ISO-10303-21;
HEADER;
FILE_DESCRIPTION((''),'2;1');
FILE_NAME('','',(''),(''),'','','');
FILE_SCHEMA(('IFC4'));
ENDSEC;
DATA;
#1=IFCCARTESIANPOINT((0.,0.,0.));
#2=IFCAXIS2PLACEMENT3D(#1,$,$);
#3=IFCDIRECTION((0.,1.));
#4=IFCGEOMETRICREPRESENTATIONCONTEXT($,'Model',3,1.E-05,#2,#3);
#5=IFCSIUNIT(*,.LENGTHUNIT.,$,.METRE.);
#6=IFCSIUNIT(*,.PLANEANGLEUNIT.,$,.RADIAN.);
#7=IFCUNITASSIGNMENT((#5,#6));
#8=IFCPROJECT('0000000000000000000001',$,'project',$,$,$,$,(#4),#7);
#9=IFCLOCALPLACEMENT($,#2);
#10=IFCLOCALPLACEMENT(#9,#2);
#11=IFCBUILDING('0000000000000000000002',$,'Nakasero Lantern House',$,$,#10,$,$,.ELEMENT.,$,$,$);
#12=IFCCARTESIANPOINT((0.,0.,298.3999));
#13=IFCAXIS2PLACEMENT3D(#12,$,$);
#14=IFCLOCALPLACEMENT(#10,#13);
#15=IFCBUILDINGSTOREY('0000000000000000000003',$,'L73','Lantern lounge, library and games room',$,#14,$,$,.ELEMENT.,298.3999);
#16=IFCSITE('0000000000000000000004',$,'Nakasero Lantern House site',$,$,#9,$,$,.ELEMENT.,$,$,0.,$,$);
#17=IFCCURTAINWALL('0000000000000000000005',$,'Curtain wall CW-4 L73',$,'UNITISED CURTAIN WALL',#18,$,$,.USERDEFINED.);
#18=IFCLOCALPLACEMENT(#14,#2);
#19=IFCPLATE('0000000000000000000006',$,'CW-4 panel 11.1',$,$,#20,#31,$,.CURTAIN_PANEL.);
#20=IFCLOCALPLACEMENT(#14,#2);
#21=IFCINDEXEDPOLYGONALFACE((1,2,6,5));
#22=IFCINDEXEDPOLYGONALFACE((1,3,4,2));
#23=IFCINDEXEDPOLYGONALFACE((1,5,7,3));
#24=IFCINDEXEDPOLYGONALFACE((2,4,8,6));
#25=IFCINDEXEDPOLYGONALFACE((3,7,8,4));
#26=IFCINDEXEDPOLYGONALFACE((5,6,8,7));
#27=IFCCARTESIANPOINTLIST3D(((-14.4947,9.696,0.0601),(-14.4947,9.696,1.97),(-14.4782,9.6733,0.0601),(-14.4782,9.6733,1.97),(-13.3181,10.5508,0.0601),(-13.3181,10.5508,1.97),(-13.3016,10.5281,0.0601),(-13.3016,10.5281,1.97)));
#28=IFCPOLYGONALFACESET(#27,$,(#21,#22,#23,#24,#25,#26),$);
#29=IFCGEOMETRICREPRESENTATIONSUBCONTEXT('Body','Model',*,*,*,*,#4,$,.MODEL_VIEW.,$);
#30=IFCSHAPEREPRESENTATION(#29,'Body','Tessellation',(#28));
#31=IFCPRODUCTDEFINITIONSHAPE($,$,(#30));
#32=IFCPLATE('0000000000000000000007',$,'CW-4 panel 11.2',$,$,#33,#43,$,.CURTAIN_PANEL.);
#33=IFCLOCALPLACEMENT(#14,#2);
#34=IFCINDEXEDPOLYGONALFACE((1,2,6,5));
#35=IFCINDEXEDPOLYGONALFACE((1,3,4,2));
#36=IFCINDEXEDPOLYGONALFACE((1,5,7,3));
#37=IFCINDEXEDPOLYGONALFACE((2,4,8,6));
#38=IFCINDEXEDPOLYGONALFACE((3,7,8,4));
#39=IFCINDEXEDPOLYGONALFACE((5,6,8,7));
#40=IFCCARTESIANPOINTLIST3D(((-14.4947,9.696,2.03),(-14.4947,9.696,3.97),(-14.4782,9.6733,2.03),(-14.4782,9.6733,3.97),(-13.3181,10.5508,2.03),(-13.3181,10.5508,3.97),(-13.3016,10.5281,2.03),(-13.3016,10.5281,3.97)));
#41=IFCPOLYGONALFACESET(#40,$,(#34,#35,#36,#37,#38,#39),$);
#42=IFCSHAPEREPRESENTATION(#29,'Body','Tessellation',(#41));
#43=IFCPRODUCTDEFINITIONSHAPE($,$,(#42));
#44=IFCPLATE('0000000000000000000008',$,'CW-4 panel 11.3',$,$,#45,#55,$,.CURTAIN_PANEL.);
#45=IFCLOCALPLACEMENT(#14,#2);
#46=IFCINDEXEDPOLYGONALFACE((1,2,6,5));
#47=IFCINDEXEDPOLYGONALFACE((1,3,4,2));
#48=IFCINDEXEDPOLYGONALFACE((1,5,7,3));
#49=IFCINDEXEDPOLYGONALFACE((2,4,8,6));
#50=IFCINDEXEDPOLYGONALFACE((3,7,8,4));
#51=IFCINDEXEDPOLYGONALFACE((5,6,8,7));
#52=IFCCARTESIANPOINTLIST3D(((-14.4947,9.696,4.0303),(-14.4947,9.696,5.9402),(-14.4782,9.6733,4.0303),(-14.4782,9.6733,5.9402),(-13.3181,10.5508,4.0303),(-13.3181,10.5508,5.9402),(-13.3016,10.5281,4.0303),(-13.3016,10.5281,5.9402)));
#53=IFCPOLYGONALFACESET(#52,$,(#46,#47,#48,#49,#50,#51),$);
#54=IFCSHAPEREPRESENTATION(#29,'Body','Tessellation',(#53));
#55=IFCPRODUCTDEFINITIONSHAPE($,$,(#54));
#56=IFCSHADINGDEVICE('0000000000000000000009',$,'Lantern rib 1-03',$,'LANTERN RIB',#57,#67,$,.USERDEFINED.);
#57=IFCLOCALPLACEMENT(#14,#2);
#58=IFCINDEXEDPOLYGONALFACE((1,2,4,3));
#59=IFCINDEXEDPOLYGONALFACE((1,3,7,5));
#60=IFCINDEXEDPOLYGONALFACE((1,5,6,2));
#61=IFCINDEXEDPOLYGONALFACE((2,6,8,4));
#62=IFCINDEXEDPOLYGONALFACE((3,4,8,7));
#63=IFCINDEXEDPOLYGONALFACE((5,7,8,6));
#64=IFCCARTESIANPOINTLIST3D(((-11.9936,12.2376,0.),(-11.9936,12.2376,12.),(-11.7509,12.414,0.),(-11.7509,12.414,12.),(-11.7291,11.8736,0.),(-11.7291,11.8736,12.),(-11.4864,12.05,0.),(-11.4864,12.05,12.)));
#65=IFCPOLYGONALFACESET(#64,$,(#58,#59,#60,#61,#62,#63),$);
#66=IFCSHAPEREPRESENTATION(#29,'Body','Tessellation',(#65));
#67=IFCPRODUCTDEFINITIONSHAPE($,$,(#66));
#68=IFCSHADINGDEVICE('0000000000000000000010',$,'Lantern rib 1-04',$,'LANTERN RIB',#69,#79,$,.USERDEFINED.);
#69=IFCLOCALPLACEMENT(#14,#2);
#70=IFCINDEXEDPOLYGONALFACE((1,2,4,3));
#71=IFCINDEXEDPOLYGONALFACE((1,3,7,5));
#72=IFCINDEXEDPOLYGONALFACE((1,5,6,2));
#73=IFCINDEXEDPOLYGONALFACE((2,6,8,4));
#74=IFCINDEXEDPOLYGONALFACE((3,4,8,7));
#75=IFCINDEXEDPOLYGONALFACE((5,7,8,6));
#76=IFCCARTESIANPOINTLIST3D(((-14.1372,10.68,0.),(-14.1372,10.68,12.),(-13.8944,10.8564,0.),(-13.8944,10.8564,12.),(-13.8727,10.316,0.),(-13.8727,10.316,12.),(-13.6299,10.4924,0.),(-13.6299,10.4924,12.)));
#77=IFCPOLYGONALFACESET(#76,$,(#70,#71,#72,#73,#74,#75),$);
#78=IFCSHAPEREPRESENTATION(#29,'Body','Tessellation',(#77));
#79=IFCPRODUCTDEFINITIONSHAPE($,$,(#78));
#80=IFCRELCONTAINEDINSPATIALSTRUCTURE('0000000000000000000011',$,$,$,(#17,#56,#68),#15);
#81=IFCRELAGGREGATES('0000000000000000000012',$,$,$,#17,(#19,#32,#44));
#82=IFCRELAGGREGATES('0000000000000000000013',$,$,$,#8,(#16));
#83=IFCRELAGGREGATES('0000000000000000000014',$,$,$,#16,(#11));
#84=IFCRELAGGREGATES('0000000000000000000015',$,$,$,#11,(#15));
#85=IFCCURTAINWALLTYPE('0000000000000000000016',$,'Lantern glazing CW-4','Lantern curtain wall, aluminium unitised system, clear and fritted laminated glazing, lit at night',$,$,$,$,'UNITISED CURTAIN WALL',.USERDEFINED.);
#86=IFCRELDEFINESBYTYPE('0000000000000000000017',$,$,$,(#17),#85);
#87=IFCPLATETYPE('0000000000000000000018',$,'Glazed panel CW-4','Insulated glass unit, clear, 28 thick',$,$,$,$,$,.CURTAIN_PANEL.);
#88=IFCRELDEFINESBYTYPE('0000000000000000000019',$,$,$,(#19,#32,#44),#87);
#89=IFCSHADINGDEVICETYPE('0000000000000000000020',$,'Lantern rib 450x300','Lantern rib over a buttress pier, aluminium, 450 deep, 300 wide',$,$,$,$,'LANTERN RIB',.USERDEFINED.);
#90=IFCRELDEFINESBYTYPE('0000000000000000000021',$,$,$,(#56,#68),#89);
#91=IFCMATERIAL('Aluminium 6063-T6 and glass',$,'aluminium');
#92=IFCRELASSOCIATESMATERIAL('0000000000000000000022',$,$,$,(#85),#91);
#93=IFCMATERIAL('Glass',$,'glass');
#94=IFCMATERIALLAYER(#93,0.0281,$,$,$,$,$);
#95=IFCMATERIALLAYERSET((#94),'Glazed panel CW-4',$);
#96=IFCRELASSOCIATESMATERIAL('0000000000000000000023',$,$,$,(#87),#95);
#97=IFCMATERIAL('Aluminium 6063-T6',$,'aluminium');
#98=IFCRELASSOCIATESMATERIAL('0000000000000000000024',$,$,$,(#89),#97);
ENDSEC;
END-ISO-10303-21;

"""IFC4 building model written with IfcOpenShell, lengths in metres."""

from ifc_helpers import new_model, si_unit, direction, frame, origin, origin_2d, place, context, subcontext, project, spatial, rectangle, extrude, material, layer, layer_set, type_object, element, aggregate, save


model = new_model("IFC4")

# Units and contexts
model_context = context("Model", 3, precision=1e-05, world=origin(), true_north=direction((0.0, 1.0)))
body_context = subcontext(model_context, "Body", "Model", "MODEL_VIEW")
ifc_project = project(units=[si_unit("LENGTHUNIT", "METRE"), si_unit("PLANEANGLEUNIT", "RADIAN")], contexts=[model_context])

# Site, building, storey
site_placement = place(None, origin())
site = spatial("IfcSite", under=ifc_project, at=site_placement, Name="Nakasero Lantern House site", CompositionType="ELEMENT", RefElevation=0.0)
building_placement = place(site_placement, origin())
building = spatial("IfcBuilding", under=site, at=building_placement, Name="Nakasero Lantern House", CompositionType="ELEMENT")
storey_placement = place(building_placement, frame((0.0, 0.0, 298.3999)))
storey = spatial("IfcBuildingStorey", under=building, at=storey_placement, Name="L73", Description="Lantern lounge, library and games room", CompositionType="ELEMENT", Elevation=298.3999)

# Curtain wall
ifc_material_1 = material(Name="Aluminium 6063-T6 and glass", Category="aluminium")
curtain_wall_type = type_object("IfcCurtainWallType", Name="Lantern glazing CW-4", Description="Lantern curtain wall, aluminium unitised system, clear and fritted laminated glazing, lit at night", ElementType="UNITISED CURTAIN WALL", PredefinedType="USERDEFINED", material=ifc_material_1)
curtain_wall_placement = place(storey_placement, origin())
curtain_wall = element("IfcCurtainWall", 1, at=curtain_wall_placement, inside=storey, type_object=curtain_wall_type, Name="Curtain wall CW-4 L73", ObjectType="UNITISED CURTAIN WALL", PredefinedType="USERDEFINED")

# Plates
ifc_material_2 = material(Name="Glass", Category="glass")
ifc_layer = layer(ifc_material_2, 0.0281)
ifc_layer_set = layer_set([ifc_layer], Name="Glazed panel CW-4")
plate_type = type_object("IfcPlateType", Name="Glazed panel CW-4", Description="Insulated glass unit, clear, 28 thick", PredefinedType="CURTAIN_PANEL", material=ifc_layer_set)
plate_1_placement = place(storey_placement, frame((-13.8982, 10.1121, 0.0601), z_axis=(0.0, 0.0, 1.0), x_axis=(-0.809017, -0.587785, 0.0)))
plate_1 = element("IfcPlate", 2, at=plate_1_placement, type_object=plate_type, Name="CW-4 panel 11.1", PredefinedType="CURTAIN_PANEL", context=body_context, shape_type="SweptSolid", body=[
    extrude(rectangle(XDim=1.4543, YDim=0.0281, at=origin_2d()), origin(), (0.0, 0.0, 1.0), 1.9099),
])
plate_2_placement = place(storey_placement, frame((-13.8982, 10.1121, 2.03), z_axis=(0.0, 0.0, 1.0), x_axis=(-0.809017, -0.587785, 0.0)))
plate_2 = element("IfcPlate", 3, at=plate_2_placement, type_object=plate_type, Name="CW-4 panel 11.2", PredefinedType="CURTAIN_PANEL", context=body_context, shape_type="SweptSolid", body=[
    extrude(rectangle(XDim=1.4543, YDim=0.0281, at=origin_2d()), origin(), (0.0, 0.0, 1.0), 1.9399),
])
plate_3_placement = place(storey_placement, frame((-13.8982, 10.1121, 4.0303), z_axis=(0.0, 0.0, 1.0), x_axis=(-0.809017, -0.587785, 0.0)))
plate_3 = element("IfcPlate", 4, at=plate_3_placement, type_object=plate_type, Name="CW-4 panel 11.3", PredefinedType="CURTAIN_PANEL", context=body_context, shape_type="SweptSolid", body=[
    extrude(rectangle(XDim=1.4543, YDim=0.0281, at=origin_2d()), origin(), (0.0, 0.0, 1.0), 1.9099),
])
aggregate(curtain_wall, [plate_1, plate_2, plate_3])

# Shading devices
ifc_material_3 = material(Name="Aluminium 6063-T6", Category="aluminium")
shading_device_type = type_object("IfcShadingDeviceType", Name="Lantern rib 450x300", Description="Lantern rib over a buttress pier, aluminium, 450 deep, 300 wide", ElementType="LANTERN RIB", PredefinedType="USERDEFINED", material=ifc_material_3)
for number, where, z_axis, x_axis, name in (
    (5, (-11.74, 12.1438, 0.0), (0.0, 0.0, 1.0), (-0.587785, 0.809017, 0.0), "Lantern rib 1-03"),
    (6, (-13.8835, 10.5862, 0.0), (0.0, 0.0, 1.0), (-0.587785, 0.809017, 0.0), "Lantern rib 1-04"),
):
    element("IfcShadingDevice", number, at=place(storey_placement, frame(where, z_axis=z_axis, x_axis=x_axis)), inside=storey, type_object=shading_device_type, Name=name, ObjectType="LANTERN RIB", PredefinedType="USERDEFINED", context=body_context, shape_type="SweptSolid", body=[
        extrude(rectangle(XDim=0.45, YDim=0.3, at=origin_2d()), origin(), (0.0, 0.0, 1.0), 12.0),
    ])

save(model, "model.ifc")
